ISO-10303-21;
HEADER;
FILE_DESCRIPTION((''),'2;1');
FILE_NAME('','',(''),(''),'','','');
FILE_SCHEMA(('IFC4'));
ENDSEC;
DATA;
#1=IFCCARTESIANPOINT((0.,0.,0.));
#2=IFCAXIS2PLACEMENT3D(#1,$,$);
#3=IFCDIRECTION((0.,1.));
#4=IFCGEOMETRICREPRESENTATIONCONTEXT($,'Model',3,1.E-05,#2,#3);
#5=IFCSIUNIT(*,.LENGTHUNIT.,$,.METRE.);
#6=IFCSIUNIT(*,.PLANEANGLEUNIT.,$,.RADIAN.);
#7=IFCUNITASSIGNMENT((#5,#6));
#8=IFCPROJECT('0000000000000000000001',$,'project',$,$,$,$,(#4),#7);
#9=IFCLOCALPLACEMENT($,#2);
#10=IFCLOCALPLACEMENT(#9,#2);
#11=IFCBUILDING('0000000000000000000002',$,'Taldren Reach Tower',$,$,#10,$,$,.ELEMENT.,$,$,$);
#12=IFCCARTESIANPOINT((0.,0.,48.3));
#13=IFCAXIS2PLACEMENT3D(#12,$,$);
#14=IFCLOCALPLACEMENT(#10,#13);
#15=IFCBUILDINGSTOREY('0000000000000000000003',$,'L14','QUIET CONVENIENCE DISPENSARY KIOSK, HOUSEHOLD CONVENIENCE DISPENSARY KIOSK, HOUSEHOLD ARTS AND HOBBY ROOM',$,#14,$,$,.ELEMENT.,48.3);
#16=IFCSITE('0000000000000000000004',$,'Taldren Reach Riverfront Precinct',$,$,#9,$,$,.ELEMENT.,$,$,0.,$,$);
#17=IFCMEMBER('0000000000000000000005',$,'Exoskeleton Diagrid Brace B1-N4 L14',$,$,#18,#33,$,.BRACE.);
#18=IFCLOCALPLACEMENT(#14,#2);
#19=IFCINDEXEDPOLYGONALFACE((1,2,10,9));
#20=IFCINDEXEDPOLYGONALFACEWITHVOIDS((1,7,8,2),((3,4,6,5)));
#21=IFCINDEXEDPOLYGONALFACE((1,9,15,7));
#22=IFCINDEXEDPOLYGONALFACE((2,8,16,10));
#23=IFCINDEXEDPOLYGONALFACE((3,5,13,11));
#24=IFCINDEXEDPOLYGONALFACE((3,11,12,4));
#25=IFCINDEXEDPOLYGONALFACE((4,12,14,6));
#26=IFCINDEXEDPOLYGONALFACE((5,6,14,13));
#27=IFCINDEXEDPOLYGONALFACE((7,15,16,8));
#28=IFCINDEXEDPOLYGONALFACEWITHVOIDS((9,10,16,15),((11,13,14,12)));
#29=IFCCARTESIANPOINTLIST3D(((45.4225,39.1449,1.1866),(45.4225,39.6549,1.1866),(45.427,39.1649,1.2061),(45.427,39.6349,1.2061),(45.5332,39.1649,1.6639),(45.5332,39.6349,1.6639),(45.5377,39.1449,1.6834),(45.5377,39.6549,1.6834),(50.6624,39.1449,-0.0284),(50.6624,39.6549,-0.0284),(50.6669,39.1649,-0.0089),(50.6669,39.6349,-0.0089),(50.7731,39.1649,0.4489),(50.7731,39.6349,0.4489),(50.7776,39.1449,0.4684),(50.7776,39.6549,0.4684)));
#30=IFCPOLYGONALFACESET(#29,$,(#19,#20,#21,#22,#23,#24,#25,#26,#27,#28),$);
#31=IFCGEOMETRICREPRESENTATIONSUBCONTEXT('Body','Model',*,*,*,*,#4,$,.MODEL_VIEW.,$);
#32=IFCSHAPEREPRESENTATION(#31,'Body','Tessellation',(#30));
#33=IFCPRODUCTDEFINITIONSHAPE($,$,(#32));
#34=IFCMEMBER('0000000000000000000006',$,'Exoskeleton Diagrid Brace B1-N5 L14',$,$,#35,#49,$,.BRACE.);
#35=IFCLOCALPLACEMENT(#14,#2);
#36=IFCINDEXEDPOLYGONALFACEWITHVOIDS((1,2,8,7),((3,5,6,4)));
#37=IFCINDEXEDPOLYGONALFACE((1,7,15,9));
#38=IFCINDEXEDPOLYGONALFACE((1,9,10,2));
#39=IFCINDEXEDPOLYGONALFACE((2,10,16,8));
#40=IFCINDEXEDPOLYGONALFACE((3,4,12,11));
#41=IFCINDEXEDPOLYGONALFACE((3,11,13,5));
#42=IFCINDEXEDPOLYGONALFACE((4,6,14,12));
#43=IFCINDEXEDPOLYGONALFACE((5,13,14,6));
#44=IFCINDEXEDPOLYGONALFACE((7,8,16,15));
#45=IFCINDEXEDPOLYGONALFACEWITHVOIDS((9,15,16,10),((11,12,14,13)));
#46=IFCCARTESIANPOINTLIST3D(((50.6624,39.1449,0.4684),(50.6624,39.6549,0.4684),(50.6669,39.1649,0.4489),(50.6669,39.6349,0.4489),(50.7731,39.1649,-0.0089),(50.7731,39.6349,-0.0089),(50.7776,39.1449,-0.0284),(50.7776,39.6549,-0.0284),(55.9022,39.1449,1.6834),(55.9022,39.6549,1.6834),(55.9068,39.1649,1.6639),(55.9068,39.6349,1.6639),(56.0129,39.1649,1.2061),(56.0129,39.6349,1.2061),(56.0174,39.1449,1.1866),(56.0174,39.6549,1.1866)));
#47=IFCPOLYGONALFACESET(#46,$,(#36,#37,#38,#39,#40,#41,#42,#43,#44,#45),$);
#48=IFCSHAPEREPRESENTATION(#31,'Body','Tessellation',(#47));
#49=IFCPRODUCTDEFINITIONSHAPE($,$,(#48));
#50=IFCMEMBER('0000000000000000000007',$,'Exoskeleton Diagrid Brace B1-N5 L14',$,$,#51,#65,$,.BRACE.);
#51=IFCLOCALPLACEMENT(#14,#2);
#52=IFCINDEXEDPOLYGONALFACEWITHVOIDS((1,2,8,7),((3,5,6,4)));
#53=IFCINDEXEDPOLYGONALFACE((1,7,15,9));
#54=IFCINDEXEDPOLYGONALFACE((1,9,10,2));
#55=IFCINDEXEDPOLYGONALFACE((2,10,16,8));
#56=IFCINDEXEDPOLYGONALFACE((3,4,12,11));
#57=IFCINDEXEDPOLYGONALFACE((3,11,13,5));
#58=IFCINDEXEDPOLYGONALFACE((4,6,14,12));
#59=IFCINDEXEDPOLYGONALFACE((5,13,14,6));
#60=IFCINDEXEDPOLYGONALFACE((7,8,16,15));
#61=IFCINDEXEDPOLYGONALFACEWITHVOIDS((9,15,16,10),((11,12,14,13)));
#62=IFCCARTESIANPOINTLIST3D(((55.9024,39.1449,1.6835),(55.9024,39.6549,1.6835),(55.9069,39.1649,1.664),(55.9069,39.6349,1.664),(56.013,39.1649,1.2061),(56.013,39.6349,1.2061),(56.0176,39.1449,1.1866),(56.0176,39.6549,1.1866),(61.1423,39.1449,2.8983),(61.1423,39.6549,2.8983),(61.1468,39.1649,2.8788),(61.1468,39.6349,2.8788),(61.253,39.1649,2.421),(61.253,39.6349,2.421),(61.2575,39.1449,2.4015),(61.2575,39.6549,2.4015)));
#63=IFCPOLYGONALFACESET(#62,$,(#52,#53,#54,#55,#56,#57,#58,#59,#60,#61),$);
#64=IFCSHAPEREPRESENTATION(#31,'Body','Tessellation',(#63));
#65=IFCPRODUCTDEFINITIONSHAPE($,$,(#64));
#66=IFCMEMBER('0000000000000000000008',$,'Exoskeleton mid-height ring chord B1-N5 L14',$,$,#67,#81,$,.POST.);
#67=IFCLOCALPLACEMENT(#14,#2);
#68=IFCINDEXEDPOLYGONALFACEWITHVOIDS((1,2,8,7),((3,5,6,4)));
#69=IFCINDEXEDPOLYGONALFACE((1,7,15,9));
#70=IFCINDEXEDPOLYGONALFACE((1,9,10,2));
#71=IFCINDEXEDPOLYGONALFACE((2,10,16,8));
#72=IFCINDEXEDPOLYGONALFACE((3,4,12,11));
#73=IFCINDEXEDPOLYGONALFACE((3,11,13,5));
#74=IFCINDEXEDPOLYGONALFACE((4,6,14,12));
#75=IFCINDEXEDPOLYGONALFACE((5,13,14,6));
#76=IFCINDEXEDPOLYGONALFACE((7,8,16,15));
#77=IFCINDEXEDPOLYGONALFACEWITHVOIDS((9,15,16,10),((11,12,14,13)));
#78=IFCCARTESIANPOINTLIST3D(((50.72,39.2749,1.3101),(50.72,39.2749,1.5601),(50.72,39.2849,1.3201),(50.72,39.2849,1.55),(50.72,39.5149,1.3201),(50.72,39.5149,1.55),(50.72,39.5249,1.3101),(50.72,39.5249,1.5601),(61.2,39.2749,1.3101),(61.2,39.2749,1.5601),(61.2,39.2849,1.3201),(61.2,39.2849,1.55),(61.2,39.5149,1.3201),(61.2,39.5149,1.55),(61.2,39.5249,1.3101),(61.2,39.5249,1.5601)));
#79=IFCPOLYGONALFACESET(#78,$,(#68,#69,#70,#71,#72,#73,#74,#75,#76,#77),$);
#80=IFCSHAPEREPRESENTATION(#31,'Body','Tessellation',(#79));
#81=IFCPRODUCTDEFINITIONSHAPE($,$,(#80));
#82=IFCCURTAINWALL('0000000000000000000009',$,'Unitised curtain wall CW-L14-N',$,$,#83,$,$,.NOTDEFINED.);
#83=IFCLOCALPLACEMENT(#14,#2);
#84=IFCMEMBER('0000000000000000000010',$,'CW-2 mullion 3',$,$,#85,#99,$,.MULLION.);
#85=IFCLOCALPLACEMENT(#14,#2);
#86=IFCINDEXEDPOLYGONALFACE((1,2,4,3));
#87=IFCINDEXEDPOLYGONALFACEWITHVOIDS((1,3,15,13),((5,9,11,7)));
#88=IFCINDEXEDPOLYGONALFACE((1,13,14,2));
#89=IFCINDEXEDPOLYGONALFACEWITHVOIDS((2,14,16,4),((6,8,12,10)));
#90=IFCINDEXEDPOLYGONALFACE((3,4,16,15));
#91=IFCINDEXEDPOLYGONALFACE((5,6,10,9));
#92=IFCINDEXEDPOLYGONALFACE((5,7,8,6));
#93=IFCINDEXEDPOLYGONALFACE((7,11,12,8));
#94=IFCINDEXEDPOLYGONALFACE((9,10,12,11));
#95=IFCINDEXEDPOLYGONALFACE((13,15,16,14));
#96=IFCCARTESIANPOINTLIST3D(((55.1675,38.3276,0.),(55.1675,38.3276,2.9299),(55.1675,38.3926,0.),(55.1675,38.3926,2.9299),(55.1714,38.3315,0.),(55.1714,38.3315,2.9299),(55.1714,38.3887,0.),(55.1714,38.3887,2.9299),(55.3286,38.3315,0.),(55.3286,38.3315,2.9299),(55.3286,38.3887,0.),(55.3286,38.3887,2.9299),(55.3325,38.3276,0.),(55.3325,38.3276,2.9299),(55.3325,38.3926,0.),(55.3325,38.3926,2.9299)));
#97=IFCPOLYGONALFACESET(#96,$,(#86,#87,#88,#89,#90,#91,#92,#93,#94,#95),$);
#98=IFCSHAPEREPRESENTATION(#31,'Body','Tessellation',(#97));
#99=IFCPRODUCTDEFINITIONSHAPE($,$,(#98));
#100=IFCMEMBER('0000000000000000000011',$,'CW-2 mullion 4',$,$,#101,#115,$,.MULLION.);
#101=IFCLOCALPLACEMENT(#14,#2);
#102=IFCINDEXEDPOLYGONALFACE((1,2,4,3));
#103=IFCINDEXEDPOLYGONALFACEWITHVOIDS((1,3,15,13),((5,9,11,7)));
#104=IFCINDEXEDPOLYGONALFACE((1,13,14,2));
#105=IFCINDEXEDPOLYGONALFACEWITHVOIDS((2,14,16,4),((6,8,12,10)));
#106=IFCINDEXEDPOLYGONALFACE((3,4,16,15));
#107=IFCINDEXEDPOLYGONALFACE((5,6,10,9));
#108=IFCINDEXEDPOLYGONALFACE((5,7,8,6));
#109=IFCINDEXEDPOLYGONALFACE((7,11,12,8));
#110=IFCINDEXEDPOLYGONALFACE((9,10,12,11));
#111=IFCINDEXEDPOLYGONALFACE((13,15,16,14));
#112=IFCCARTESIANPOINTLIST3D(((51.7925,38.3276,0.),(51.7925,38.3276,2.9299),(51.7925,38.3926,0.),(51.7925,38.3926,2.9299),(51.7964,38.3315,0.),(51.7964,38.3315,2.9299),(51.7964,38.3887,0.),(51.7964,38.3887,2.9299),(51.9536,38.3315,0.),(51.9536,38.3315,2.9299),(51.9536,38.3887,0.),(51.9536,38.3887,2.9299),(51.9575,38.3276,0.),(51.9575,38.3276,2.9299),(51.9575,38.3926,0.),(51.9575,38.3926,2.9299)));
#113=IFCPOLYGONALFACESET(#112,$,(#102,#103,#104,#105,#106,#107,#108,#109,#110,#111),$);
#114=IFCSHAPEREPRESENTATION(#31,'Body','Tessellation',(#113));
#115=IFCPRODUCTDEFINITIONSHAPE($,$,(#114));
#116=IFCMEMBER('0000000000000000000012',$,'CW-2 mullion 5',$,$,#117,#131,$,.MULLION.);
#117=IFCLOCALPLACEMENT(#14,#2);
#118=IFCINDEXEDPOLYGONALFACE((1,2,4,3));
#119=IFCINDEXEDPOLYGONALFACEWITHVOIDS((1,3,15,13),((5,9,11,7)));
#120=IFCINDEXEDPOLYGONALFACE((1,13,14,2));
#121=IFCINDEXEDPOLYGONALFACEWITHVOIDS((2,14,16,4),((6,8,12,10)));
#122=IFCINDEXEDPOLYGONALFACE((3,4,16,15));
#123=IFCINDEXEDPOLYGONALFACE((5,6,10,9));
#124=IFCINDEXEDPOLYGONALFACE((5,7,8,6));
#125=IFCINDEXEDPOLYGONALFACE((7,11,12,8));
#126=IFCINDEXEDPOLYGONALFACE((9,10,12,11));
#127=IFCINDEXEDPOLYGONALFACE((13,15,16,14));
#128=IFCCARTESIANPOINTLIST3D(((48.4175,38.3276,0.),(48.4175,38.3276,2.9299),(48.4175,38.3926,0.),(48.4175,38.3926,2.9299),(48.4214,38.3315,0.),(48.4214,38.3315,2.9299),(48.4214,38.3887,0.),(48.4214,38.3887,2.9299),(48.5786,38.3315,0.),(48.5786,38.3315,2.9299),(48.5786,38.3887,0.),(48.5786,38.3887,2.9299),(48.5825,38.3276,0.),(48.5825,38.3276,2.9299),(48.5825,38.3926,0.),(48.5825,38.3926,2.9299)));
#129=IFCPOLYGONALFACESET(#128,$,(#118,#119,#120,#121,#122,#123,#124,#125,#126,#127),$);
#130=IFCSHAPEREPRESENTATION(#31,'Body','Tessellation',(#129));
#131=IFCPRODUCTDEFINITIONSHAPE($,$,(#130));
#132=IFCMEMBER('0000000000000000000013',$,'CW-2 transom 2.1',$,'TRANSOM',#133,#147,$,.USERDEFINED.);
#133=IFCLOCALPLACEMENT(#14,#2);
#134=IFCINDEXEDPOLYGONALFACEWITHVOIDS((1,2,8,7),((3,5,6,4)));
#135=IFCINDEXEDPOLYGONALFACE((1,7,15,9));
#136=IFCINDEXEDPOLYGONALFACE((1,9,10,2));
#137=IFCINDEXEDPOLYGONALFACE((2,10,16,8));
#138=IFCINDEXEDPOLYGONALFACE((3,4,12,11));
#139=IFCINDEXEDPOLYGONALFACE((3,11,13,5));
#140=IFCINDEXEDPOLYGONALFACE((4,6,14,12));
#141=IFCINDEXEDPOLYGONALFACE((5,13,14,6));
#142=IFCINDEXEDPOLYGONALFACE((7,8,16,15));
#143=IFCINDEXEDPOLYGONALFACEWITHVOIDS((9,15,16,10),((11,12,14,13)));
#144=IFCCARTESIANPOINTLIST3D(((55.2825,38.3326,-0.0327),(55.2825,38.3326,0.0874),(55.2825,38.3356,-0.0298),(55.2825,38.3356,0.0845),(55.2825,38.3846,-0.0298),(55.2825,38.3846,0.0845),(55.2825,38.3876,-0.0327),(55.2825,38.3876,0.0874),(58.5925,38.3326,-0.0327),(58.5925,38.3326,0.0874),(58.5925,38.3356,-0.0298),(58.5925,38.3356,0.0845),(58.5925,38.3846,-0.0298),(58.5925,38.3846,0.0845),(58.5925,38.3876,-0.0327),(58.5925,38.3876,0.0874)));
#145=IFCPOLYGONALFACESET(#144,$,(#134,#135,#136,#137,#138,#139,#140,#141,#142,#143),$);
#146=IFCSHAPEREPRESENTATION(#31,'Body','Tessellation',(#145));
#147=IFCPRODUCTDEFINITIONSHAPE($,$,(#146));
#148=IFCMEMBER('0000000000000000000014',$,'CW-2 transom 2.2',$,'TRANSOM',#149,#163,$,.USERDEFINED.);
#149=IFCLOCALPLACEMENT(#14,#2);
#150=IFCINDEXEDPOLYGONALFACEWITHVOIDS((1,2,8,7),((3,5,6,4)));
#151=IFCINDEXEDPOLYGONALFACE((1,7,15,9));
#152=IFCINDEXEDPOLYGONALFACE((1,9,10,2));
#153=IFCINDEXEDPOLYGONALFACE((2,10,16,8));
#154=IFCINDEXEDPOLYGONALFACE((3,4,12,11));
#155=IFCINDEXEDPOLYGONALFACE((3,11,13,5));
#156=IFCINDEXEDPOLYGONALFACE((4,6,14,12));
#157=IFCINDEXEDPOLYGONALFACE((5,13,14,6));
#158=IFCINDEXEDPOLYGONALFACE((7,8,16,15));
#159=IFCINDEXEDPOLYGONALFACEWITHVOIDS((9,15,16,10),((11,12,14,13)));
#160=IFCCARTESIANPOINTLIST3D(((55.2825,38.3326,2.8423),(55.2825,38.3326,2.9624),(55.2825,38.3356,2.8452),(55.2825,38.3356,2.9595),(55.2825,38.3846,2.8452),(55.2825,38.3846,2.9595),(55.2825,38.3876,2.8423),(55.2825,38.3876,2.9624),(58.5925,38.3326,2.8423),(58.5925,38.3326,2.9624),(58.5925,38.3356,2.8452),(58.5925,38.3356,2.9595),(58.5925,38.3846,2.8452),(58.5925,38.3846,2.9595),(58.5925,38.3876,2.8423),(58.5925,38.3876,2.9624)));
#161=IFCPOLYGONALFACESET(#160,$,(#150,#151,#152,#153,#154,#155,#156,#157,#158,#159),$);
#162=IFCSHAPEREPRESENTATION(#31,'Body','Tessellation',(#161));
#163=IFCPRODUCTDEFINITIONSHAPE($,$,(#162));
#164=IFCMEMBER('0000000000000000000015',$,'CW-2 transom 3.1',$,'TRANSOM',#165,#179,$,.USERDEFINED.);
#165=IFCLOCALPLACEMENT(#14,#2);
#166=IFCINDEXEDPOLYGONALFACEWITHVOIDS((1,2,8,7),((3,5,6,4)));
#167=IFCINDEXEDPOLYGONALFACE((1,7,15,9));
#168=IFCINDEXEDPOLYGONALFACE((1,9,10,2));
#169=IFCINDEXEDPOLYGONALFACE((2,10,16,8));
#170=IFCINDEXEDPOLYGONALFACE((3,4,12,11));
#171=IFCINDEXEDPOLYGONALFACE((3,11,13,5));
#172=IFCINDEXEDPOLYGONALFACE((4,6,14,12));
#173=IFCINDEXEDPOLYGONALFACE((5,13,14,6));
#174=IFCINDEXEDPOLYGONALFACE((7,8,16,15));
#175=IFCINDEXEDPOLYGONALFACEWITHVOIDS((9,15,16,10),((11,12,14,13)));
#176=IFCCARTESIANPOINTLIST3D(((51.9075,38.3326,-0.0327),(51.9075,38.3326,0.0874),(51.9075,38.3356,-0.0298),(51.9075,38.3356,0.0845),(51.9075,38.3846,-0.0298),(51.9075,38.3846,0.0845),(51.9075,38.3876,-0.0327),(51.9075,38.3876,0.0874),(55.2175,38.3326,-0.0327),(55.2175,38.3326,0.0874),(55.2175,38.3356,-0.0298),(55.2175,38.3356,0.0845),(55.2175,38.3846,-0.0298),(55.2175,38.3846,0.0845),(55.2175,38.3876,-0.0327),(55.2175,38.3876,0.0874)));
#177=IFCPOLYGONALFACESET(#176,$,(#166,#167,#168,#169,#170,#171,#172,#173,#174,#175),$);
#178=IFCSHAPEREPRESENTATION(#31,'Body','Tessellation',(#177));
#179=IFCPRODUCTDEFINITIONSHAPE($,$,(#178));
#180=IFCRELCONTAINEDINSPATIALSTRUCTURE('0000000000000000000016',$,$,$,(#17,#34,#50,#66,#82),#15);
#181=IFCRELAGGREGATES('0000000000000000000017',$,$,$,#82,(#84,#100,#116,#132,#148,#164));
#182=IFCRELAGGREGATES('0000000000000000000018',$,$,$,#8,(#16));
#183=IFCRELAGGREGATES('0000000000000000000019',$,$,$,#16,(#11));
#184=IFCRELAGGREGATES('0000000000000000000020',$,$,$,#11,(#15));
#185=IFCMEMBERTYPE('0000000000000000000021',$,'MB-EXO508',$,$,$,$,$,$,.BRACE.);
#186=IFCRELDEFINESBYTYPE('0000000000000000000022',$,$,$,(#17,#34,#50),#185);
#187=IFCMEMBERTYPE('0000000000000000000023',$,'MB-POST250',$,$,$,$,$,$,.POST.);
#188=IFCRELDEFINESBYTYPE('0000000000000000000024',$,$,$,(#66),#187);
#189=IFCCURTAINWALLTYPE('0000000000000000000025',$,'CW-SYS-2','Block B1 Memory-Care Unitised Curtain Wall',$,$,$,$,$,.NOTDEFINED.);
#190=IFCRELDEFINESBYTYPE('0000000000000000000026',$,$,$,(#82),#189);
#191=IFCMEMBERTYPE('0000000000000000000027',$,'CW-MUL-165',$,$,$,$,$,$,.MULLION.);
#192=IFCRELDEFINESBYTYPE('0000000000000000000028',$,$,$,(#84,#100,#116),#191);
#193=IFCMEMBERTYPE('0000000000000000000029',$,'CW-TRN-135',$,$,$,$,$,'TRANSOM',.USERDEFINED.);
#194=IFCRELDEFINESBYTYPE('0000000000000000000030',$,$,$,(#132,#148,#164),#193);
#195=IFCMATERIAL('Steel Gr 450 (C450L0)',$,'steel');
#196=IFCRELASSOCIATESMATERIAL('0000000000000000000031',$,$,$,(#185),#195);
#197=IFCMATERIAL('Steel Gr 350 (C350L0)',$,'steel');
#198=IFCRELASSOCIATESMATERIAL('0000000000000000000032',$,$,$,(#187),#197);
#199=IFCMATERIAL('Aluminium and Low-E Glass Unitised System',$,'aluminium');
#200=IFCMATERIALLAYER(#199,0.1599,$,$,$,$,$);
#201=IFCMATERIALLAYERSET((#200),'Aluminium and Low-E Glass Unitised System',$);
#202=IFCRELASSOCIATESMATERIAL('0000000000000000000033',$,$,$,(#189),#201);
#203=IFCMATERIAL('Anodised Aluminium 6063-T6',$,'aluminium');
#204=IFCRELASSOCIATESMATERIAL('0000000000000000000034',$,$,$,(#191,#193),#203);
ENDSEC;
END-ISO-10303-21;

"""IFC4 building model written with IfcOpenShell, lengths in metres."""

from ifc_helpers import new_model, si_unit, direction, frame, origin, origin_2d, place, context, subcontext, project, spatial, hollow_rectangle, extrude, source, transform, mapped, material, layer, layer_set, material_profile, profile_set, type_object, element, aggregate, save


model = new_model("IFC4")

# Units and contexts
model_context = context("Model", 3, precision=1e-05, world=origin(), true_north=direction((0.0, 1.0)))
body_context = subcontext(model_context, "Body", "Model", "MODEL_VIEW")
ifc_project = project(units=[si_unit("LENGTHUNIT", "METRE"), si_unit("PLANEANGLEUNIT", "RADIAN")], contexts=[model_context])

# Site, building, storey
site_placement = place(None, origin())
site = spatial("IfcSite", under=ifc_project, at=site_placement, Name="Taldren Reach Riverfront Precinct", CompositionType="ELEMENT", RefElevation=0.0)
building_placement = place(site_placement, origin())
building = spatial("IfcBuilding", under=site, at=building_placement, Name="Taldren Reach Tower", CompositionType="ELEMENT")
storey_placement = place(building_placement, frame((0.0, 0.0, 48.3)))
storey = spatial("IfcBuildingStorey", under=building, at=storey_placement, Name="L14", Description="QUIET CONVENIENCE DISPENSARY KIOSK, HOUSEHOLD CONVENIENCE DISPENSARY KIOSK, HOUSEHOLD ARTS AND HOBBY ROOM", CompositionType="ELEMENT", Elevation=48.3)

# Members
ifc_material_1 = material(Name="Steel Gr 450 (C450L0)", Category="steel")
ifc_material_profile_1 = material_profile(ifc_material_1, hollow_rectangle(XDim=0.51, YDim=0.51, WallThickness=0.02, at=origin_2d()), Name="510x510x20.0SHS")
ifc_profile_set_1 = profile_set([ifc_material_profile_1], Name="Steel Gr 450 (C450L0)")
member_type_1 = type_object("IfcMemberType", Name="MB-EXO508", PredefinedType="BRACE", material=ifc_profile_set_1)
shared_shape_1 = source(origin(), body_context, "Body", "SweptSolid", [
    extrude(hollow_rectangle(XDim=0.51, YDim=0.51, WallThickness=0.02, at=origin_2d()), origin(), (0.0, 0.0, 1.0), 5.3789),
])
for number, where, z_axis, x_axis, name in (
    (1, (50.72, 39.3999, 0.22), (-0.974152, 0.0, 0.225894), (0.0, -1.0, 0.0), "Exoskeleton Diagrid Brace B1-N4 L14"),
    (2, (50.72, 39.3999, 0.22), (0.974152, 0.0, 0.225894), (0.0, 1.0, 0.0), "Exoskeleton Diagrid Brace B1-N5 L14"),
    (3, (55.96, 39.3999, 1.4351), (0.974162, 0.0, 0.225851), (0.0, 1.0, 0.0), "Exoskeleton Diagrid Brace B1-N5 L14"),
):
    element("IfcMember", number, at=place(storey_placement, frame(where, z_axis=z_axis, x_axis=x_axis)), inside=storey, type_object=member_type_1, Name=name, PredefinedType="BRACE", context=body_context, shape_type="MappedRepresentation", body=[
        mapped(shared_shape_1, transform((0.0, 0.0, 0.0), scale=1.0)),
    ])
ifc_material_2 = material(Name="Steel Gr 350 (C350L0)", Category="steel")
ifc_material_profile_2 = material_profile(ifc_material_2, hollow_rectangle(XDim=0.25, YDim=0.25, WallThickness=0.01, at=origin_2d()), Name="250x250x10.0SHS")
ifc_profile_set_2 = profile_set([ifc_material_profile_2], Name="Steel Gr 350 (C350L0)")
member_type_2 = type_object("IfcMemberType", Name="MB-POST250", PredefinedType="POST", material=ifc_profile_set_2)
shared_shape_2 = source(origin(), body_context, "Body", "SweptSolid", [
    extrude(hollow_rectangle(XDim=0.25, YDim=0.25, WallThickness=0.01, at=origin_2d()), origin(), (0.0, 0.0, 1.0), 10.48),
])
member_1_placement = place(storey_placement, frame((50.72, 39.3999, 1.4351), z_axis=(1.0, 0.0, 0.0), x_axis=(0.0, 1.0, 0.0)))
element("IfcMember", 4, at=member_1_placement, inside=storey, type_object=member_type_2, Name="Exoskeleton mid-height ring chord B1-N5 L14", PredefinedType="POST", context=body_context, shape_type="MappedRepresentation", body=[
    mapped(shared_shape_2, transform((0.0, 0.0, 0.0), scale=1.0)),
])

# Curtain wall, members
ifc_material_3 = material(Name="Aluminium and Low-E Glass Unitised System", Category="aluminium")
ifc_layer_1 = layer(ifc_material_3, 0.1599)
ifc_layer_set_1 = layer_set([ifc_layer_1], Name="Aluminium and Low-E Glass Unitised System")
curtain_wall_type = type_object("IfcCurtainWallType", Name="CW-SYS-2", Description="Block B1 Memory-Care Unitised Curtain Wall", PredefinedType="NOTDEFINED", material=ifc_layer_set_1)
curtain_wall_placement = place(storey_placement, origin())
curtain_wall = element("IfcCurtainWall", 5, at=curtain_wall_placement, inside=storey, type_object=curtain_wall_type, Name="Unitised curtain wall CW-L14-N", PredefinedType="NOTDEFINED")
ifc_material_4 = material(Name="Anodised Aluminium 6063-T6", Category="aluminium")
ifc_material_profile_3 = material_profile(ifc_material_4, hollow_rectangle(XDim=0.0649, YDim=0.165, WallThickness=0.0039, at=origin_2d()), Name="ALU-165x65x4RHS")
ifc_profile_set_3 = profile_set([ifc_material_profile_3], Name="Anodised Aluminium 6063-T6")
member_type_3 = type_object("IfcMemberType", Name="CW-MUL-165", PredefinedType="MULLION", material=ifc_profile_set_3)
shared_shape_3 = source(origin(), body_context, "Body", "SweptSolid", [
    extrude(hollow_rectangle(XDim=0.0649, YDim=0.165, WallThickness=0.0039, at=origin_2d()), origin(), (0.0, 0.0, 1.0), 2.9299),
])
member_2_placement = place(storey_placement, frame((55.25, 38.3601, 0.0), z_axis=(0.0, 0.0, 1.0), x_axis=(0.0, -1.0, 0.0)))
member_2 = element("IfcMember", 6, at=member_2_placement, type_object=member_type_3, Name="CW-2 mullion 3", PredefinedType="MULLION", context=body_context, shape_type="MappedRepresentation", body=[
    mapped(shared_shape_3, transform((0.0, 0.0, 0.0), scale=1.0)),
])
member_3_placement = place(storey_placement, frame((51.875, 38.3601, 0.0), z_axis=(0.0, 0.0, 1.0), x_axis=(0.0, -1.0, 0.0)))
member_3 = element("IfcMember", 7, at=member_3_placement, type_object=member_type_3, Name="CW-2 mullion 4", PredefinedType="MULLION", context=body_context, shape_type="MappedRepresentation", body=[
    mapped(shared_shape_3, transform((0.0, 0.0, 0.0), scale=1.0)),
])
member_4_placement = place(storey_placement, frame((48.5, 38.3601, 0.0), z_axis=(0.0, 0.0, 1.0), x_axis=(0.0, -1.0, 0.0)))
member_4 = element("IfcMember", 8, at=member_4_placement, type_object=member_type_3, Name="CW-2 mullion 5", PredefinedType="MULLION", context=body_context, shape_type="MappedRepresentation", body=[
    mapped(shared_shape_3, transform((0.0, 0.0, 0.0), scale=1.0)),
])
ifc_material_profile_4 = material_profile(ifc_material_4, hollow_rectangle(XDim=0.0549, YDim=0.1201, WallThickness=0.0029, at=origin_2d()), Name="ALU-120x55x3RHS")
ifc_profile_set_4 = profile_set([ifc_material_profile_4], Name="Anodised Aluminium 6063-T6")
member_type_4 = type_object("IfcMemberType", Name="CW-TRN-135", ElementType="TRANSOM", PredefinedType="USERDEFINED", material=ifc_profile_set_4)
shared_shape_4 = source(origin(), body_context, "Body", "SweptSolid", [
    extrude(hollow_rectangle(XDim=0.0549, YDim=0.1201, WallThickness=0.0029, at=origin_2d()), origin(), (0.0, 0.0, 1.0), 3.3101),
])
member_5_placement = place(storey_placement, frame((58.5925, 38.3601, 0.0273), z_axis=(-1.0, 0.0, 0.0), x_axis=(0.0, -1.0, 0.0)))
member_5 = element("IfcMember", 9, at=member_5_placement, type_object=member_type_4, Name="CW-2 transom 2.1", ObjectType="TRANSOM", PredefinedType="USERDEFINED", context=body_context, shape_type="MappedRepresentation", body=[
    mapped(shared_shape_4, transform((0.0, 0.0, 0.0), scale=1.0)),
])
member_6_placement = place(storey_placement, frame((58.5925, 38.3601, 2.9023), z_axis=(-1.0, 0.0, 0.0), x_axis=(0.0, -1.0, 0.0)))
member_6 = element("IfcMember", 10, at=member_6_placement, type_object=member_type_4, Name="CW-2 transom 2.2", ObjectType="TRANSOM", PredefinedType="USERDEFINED", context=body_context, shape_type="MappedRepresentation", body=[
    mapped(shared_shape_4, transform((0.0, 0.0, 0.0), scale=1.0)),
])
member_7_placement = place(storey_placement, frame((55.2175, 38.3601, 0.0273), z_axis=(-1.0, 0.0, 0.0), x_axis=(0.0, -1.0, 0.0)))
member_7 = element("IfcMember", 11, at=member_7_placement, type_object=member_type_4, Name="CW-2 transom 3.1", ObjectType="TRANSOM", PredefinedType="USERDEFINED", context=body_context, shape_type="MappedRepresentation", body=[
    mapped(shared_shape_4, transform((0.0, 0.0, 0.0), scale=1.0)),
])

aggregate(curtain_wall, [member_2, member_3, member_4, member_5, member_6, member_7])

save(model, "model.ifc")
